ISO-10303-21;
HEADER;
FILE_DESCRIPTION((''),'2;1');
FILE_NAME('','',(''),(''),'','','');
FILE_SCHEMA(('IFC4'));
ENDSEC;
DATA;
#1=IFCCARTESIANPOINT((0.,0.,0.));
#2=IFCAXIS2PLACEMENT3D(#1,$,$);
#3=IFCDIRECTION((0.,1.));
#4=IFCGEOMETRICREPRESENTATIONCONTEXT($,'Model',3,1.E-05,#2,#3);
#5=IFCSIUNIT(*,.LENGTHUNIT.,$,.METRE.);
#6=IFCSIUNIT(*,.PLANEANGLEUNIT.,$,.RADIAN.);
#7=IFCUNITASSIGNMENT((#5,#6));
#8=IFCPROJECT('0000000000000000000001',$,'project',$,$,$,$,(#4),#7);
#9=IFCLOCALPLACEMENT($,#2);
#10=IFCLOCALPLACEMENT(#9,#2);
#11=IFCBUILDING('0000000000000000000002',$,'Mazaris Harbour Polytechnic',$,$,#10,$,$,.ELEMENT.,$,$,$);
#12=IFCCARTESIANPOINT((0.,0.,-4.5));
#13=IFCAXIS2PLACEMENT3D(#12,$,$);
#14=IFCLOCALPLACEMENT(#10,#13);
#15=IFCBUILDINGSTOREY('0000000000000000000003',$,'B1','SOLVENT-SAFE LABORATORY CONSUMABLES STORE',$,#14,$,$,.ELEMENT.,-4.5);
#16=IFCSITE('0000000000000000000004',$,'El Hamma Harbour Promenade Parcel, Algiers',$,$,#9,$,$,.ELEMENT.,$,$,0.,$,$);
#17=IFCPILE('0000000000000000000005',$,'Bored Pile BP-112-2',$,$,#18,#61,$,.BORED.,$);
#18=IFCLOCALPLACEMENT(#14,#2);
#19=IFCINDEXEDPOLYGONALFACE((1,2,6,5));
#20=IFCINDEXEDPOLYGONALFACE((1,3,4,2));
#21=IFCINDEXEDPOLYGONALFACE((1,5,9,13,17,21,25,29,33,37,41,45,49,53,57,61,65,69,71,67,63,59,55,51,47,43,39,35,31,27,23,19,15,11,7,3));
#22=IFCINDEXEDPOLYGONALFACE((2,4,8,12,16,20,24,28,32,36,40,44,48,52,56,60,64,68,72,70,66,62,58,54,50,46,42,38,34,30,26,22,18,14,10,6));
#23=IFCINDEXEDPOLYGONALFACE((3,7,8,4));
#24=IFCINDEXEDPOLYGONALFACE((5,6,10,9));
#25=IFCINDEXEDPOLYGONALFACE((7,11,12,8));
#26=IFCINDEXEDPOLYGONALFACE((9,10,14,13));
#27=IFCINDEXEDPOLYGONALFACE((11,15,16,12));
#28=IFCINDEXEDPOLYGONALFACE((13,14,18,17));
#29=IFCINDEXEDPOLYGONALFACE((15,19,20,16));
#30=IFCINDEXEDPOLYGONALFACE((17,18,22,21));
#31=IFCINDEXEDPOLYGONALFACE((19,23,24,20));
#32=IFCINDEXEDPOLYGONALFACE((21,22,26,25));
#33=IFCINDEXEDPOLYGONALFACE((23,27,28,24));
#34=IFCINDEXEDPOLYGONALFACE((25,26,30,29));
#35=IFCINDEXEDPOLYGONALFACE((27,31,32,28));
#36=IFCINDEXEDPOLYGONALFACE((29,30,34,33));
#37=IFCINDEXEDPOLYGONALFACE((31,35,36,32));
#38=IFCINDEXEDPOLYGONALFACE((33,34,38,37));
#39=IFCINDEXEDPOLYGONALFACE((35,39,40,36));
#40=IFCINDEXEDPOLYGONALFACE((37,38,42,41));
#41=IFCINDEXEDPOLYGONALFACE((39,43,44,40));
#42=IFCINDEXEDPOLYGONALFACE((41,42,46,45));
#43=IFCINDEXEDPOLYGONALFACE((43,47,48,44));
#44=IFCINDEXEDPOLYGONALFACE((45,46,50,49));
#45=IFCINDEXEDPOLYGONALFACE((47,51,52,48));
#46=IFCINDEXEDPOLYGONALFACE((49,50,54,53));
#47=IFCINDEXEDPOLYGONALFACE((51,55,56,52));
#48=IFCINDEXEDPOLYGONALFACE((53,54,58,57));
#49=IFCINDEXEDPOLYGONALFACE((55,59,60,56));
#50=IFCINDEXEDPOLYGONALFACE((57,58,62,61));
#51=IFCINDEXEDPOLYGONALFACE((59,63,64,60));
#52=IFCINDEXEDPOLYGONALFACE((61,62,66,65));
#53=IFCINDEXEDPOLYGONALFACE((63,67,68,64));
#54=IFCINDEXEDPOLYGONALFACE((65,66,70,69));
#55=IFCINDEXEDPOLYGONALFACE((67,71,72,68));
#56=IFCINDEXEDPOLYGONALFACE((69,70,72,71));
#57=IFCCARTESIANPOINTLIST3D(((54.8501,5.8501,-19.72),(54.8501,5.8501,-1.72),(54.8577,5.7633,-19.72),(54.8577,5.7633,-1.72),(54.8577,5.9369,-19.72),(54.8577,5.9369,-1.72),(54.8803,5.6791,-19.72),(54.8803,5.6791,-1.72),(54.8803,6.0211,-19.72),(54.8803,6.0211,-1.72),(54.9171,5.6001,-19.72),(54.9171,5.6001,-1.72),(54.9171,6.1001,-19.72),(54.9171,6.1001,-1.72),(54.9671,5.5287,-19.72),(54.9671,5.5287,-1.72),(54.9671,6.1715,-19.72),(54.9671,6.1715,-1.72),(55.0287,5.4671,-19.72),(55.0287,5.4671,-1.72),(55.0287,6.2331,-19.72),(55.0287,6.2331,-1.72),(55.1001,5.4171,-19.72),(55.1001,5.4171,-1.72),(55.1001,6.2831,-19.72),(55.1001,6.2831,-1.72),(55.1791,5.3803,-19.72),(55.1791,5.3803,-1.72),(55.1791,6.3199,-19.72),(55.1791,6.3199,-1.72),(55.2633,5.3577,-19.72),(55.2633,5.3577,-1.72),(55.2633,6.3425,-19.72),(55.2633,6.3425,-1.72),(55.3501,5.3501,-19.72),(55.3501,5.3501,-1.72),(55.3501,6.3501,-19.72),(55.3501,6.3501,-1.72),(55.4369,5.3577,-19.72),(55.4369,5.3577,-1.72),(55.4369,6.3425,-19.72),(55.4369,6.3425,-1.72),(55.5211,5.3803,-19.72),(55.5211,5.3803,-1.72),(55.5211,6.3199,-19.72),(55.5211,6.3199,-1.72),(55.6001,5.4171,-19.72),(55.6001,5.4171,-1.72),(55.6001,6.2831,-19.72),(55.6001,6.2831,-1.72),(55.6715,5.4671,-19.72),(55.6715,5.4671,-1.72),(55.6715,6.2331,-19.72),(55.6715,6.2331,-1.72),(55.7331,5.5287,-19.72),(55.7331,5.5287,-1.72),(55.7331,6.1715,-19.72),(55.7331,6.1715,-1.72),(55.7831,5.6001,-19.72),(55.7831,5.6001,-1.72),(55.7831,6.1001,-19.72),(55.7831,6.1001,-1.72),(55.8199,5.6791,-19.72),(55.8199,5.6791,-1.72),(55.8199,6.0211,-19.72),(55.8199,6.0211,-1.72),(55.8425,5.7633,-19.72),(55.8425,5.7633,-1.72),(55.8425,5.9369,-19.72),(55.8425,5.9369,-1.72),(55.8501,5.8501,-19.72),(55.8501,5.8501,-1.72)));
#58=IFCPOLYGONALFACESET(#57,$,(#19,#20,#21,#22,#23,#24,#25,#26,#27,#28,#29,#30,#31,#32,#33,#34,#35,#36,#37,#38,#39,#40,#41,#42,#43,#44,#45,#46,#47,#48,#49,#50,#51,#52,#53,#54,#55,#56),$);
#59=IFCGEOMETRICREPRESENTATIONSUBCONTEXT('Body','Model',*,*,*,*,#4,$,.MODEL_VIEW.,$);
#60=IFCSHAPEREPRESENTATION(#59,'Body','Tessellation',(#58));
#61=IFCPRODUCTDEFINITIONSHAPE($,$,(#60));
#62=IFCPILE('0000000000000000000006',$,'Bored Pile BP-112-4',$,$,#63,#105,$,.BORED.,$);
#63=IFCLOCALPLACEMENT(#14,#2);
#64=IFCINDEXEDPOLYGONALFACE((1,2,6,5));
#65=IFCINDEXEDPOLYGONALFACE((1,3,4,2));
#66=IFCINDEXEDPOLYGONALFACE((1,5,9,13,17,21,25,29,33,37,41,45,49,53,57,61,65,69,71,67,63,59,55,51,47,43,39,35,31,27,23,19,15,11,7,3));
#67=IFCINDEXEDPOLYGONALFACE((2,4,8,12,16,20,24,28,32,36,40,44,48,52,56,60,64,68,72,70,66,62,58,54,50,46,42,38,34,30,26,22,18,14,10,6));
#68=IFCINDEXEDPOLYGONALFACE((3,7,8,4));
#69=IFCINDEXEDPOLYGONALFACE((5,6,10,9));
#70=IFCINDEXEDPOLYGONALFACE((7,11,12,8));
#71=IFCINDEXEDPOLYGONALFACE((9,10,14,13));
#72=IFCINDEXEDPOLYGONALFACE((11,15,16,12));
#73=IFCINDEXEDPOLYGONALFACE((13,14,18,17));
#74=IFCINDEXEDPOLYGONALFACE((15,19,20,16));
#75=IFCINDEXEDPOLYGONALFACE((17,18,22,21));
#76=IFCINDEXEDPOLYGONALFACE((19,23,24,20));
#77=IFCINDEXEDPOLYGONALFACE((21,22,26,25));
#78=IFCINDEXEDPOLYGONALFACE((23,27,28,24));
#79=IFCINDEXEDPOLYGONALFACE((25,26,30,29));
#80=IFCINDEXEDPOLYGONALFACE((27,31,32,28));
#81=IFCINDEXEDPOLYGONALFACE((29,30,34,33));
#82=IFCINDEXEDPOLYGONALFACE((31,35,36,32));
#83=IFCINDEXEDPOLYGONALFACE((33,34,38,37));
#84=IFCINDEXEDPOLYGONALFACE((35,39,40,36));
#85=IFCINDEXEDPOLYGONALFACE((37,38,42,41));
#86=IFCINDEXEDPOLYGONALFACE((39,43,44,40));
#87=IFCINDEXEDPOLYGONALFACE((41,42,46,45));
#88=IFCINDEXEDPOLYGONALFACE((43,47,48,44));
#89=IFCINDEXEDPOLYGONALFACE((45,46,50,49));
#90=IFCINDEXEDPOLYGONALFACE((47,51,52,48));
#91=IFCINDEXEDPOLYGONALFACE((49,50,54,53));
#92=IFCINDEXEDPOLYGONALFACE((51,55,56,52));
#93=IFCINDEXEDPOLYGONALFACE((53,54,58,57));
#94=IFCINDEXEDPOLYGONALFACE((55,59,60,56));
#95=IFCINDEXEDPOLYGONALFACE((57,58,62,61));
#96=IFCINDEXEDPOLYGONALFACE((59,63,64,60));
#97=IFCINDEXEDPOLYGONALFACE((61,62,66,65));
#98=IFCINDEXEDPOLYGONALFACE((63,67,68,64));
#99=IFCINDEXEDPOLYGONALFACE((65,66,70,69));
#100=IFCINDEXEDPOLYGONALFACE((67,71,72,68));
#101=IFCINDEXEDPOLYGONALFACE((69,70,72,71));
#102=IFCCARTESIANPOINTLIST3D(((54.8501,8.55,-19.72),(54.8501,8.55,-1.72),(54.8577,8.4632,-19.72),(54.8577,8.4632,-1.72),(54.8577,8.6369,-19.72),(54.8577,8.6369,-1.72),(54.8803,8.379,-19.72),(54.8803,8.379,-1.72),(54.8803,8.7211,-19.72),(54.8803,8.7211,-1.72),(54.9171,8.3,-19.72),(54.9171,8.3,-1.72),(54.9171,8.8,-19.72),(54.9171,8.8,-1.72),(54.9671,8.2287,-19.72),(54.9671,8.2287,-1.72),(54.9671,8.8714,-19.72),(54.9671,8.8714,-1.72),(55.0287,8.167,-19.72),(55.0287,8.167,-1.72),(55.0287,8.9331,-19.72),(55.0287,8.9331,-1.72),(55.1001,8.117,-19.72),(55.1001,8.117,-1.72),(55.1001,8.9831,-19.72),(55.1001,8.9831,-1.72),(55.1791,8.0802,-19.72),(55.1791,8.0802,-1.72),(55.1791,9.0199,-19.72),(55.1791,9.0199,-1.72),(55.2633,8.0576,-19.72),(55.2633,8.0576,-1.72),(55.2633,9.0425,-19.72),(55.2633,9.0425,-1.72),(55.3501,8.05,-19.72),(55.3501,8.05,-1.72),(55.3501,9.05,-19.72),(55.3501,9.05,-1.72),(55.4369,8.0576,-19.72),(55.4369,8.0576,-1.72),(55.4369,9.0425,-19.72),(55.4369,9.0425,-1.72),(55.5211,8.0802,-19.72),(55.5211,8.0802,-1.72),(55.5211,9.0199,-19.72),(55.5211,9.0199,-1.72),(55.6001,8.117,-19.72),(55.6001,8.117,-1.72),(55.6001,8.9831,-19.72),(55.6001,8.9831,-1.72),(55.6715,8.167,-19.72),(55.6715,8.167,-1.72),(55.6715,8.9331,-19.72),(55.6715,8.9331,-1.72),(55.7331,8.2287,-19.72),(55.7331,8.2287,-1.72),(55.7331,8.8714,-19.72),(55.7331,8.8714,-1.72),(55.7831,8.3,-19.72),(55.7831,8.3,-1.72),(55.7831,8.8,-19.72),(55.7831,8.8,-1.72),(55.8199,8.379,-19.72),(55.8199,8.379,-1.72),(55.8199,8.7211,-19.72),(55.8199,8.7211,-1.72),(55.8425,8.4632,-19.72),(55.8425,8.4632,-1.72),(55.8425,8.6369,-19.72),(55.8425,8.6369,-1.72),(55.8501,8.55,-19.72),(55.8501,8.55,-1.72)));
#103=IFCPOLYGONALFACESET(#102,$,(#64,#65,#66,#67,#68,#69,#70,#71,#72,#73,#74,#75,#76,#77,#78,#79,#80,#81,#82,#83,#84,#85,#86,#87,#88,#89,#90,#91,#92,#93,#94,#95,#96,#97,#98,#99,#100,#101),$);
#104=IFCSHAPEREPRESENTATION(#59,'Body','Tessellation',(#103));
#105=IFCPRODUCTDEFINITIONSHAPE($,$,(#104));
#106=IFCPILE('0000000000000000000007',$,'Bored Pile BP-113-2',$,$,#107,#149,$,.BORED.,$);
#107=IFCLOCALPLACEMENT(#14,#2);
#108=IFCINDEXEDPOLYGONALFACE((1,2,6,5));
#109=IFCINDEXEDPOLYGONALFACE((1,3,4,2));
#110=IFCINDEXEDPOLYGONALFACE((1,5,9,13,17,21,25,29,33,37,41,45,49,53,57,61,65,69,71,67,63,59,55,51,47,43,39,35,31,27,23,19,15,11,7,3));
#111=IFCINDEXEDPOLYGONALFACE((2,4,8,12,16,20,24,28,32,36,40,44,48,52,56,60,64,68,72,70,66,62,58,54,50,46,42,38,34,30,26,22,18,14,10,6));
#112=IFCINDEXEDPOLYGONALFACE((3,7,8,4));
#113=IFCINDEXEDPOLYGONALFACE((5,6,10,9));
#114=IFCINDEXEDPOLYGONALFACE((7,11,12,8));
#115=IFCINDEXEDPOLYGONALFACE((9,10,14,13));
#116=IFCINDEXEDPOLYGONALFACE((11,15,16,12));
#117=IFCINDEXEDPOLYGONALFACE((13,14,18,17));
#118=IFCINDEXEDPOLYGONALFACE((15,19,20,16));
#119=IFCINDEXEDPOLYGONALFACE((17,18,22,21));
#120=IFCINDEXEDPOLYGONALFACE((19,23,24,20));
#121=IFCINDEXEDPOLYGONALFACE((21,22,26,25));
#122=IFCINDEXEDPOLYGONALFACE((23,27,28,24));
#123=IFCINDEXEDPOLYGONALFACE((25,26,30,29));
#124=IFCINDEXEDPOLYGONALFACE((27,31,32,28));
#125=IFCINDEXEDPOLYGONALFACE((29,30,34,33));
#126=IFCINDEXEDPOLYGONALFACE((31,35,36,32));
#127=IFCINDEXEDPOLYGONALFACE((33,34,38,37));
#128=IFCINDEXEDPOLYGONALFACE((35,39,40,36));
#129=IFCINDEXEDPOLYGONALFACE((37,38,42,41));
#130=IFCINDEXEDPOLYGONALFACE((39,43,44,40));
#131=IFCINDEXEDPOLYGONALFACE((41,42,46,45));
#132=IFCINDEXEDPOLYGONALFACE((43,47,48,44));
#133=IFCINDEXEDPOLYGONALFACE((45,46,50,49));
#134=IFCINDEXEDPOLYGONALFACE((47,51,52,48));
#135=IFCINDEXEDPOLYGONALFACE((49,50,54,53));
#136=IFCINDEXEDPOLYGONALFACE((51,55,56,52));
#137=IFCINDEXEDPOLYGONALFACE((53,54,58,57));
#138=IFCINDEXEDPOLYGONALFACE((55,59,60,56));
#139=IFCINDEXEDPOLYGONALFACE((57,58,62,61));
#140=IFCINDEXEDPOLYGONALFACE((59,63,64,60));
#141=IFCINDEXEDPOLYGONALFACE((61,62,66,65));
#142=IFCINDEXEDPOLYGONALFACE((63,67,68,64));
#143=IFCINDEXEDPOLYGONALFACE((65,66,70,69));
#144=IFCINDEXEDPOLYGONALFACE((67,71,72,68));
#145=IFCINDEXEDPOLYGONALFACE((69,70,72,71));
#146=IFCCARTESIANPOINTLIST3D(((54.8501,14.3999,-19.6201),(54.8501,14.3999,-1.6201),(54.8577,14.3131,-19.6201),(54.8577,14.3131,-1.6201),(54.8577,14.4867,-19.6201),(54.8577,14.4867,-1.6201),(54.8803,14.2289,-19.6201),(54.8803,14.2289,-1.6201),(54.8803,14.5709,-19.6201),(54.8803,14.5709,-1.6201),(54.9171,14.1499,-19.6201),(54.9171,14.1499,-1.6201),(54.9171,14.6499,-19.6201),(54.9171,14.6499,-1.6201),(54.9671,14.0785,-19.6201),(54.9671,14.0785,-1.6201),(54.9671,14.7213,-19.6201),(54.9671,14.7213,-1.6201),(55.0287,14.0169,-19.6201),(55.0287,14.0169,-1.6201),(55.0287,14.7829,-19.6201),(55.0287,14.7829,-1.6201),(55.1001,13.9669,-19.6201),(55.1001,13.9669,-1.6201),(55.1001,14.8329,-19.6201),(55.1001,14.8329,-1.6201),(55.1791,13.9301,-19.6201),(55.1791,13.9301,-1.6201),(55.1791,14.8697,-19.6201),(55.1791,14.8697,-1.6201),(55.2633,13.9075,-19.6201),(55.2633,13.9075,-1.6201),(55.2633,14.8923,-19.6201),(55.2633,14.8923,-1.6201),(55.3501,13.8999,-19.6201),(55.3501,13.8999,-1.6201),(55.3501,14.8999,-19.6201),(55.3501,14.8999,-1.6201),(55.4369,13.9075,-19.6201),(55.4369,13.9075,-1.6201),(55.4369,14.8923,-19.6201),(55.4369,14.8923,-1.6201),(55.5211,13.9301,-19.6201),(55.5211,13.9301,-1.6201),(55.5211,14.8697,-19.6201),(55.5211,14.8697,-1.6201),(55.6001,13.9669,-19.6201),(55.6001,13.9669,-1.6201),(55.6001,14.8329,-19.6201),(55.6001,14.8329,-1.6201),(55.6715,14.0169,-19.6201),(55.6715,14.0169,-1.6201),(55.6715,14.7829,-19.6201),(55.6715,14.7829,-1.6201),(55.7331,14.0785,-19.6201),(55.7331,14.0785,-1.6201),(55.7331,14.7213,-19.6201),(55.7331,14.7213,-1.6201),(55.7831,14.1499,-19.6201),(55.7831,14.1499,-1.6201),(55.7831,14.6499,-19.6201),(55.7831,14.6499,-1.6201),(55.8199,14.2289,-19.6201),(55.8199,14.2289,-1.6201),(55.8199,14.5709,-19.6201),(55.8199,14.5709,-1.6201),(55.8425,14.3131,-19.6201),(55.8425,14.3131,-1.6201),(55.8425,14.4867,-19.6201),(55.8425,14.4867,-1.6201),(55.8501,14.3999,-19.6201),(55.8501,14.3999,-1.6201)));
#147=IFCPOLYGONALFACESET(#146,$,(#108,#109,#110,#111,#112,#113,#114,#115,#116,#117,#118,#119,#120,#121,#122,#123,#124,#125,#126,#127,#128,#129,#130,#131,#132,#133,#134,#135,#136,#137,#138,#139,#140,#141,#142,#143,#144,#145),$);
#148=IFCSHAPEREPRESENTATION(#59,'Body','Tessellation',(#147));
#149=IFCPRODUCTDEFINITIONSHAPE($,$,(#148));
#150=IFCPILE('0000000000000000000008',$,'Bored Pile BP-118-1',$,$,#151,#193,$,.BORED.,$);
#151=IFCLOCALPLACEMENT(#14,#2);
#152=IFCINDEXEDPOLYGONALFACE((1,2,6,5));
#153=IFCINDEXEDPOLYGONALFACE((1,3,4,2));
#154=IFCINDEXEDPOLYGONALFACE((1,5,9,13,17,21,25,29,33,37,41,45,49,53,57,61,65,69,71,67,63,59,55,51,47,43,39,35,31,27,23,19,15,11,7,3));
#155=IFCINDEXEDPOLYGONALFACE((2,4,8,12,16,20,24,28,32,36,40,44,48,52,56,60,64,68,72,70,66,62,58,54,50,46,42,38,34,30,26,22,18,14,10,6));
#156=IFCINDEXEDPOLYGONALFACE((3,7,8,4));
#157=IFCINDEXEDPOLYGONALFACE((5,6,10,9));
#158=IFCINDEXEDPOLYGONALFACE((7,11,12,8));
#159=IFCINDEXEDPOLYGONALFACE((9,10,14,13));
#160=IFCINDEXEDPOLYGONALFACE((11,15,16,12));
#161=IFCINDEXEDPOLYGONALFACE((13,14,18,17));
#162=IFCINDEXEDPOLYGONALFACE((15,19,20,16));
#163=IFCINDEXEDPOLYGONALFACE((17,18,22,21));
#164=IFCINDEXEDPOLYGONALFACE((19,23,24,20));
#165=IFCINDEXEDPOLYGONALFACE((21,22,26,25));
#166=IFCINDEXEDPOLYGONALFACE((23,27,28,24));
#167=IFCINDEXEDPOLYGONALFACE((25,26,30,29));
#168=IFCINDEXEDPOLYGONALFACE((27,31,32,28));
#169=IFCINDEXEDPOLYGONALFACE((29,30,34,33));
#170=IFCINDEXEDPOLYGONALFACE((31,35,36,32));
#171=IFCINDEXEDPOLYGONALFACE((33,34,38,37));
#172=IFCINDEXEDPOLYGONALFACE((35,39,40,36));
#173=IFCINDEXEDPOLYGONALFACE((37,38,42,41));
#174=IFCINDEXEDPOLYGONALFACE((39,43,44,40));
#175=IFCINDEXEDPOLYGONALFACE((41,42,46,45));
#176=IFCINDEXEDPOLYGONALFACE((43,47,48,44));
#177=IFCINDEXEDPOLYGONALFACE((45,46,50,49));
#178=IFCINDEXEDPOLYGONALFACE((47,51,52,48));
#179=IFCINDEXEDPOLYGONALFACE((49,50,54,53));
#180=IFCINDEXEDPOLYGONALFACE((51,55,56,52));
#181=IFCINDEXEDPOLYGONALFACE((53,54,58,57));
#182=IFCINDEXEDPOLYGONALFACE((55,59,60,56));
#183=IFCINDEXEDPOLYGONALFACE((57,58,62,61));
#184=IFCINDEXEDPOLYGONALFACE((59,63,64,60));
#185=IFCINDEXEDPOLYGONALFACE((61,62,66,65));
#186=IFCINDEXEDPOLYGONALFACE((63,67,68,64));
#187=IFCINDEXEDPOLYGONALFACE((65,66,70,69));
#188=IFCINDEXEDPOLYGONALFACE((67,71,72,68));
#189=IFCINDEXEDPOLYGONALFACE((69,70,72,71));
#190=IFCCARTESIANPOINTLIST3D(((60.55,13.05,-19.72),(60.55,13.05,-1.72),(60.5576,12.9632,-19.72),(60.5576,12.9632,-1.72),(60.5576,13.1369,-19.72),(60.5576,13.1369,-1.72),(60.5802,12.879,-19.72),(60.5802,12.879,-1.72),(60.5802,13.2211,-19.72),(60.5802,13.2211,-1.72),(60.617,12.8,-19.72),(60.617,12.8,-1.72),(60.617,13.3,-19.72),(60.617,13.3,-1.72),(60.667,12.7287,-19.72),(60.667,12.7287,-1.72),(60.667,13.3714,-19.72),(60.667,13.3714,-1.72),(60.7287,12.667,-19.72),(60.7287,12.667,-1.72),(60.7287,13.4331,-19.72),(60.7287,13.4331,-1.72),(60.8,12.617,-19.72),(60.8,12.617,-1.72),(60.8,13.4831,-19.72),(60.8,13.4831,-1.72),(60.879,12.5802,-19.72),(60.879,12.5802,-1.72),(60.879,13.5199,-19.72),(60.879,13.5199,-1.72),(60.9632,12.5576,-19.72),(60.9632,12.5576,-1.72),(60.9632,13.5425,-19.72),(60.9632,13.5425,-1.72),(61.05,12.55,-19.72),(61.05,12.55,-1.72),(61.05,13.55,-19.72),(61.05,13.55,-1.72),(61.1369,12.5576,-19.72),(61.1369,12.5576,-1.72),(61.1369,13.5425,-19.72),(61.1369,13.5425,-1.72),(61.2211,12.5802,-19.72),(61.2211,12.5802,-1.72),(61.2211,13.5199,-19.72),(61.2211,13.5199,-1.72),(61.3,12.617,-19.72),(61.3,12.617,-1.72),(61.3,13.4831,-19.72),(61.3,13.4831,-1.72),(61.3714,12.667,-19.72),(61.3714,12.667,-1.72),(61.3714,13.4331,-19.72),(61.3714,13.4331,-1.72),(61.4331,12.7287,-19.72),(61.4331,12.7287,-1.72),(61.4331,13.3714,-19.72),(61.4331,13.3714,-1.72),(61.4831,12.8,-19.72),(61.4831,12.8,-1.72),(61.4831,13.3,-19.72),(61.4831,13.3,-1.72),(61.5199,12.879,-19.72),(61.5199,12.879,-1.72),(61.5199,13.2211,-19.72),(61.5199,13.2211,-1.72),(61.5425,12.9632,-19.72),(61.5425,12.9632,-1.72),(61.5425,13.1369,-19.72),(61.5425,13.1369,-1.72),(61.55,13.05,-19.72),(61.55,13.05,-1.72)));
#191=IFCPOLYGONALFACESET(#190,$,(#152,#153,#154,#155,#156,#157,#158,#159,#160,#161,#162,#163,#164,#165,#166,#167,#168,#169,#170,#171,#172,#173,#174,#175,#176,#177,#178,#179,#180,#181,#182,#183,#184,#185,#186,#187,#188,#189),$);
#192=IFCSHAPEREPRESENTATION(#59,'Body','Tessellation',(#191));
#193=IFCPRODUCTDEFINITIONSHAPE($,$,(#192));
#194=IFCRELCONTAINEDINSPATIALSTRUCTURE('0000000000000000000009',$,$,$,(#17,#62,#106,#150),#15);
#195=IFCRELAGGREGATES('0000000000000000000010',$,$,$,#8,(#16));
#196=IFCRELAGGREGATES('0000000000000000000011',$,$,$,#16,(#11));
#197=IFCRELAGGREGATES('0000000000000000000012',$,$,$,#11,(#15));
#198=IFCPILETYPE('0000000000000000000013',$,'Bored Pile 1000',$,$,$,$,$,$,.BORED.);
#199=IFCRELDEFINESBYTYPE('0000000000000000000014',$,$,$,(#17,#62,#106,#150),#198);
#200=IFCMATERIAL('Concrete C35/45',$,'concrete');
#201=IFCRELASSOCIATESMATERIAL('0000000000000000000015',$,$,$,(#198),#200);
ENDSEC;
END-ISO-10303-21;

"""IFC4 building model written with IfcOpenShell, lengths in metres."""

from ifc_helpers import new_model, si_unit, direction, frame, origin, origin_2d, place, context, subcontext, project, spatial, circle, extrude, material, material_profile, profile_set, type_object, element, save


model = new_model("IFC4")

# Units and contexts
model_context = context("Model", 3, precision=1e-05, world=origin(), true_north=direction((0.0, 1.0)))
body_context = subcontext(model_context, "Body", "Model", "MODEL_VIEW")
ifc_project = project(units=[si_unit("LENGTHUNIT", "METRE"), si_unit("PLANEANGLEUNIT", "RADIAN")], contexts=[model_context])

# Site, building, storey
site_placement = place(None, origin())
site = spatial("IfcSite", under=ifc_project, at=site_placement, Name="El Hamma Harbour Promenade Parcel, Algiers", CompositionType="ELEMENT", RefElevation=0.0)
building_placement = place(site_placement, origin())
building = spatial("IfcBuilding", under=site, at=building_placement, Name="Mazaris Harbour Polytechnic", CompositionType="ELEMENT")
storey_placement = place(building_placement, frame((0.0, 0.0, -4.5)))
storey = spatial("IfcBuildingStorey", under=building, at=storey_placement, Name="B1", Description="SOLVENT-SAFE LABORATORY CONSUMABLES STORE", CompositionType="ELEMENT", Elevation=-4.5)

# Piles
ifc_material_1 = material(Name="Concrete C35/45", Category="concrete")
ifc_material_profile_1 = material_profile(ifc_material_1, circle(Radius=0.5, at=origin_2d()), Name="DIA1000")
ifc_profile_set_1 = profile_set([ifc_material_profile_1], Name="Concrete C35/45")
pile_type_1 = type_object("IfcPileType", Name="Bored Pile 1000", PredefinedType="BORED", material=ifc_profile_set_1)
for number, where, z_axis, x_axis, name in (
    (1, (55.3501, 5.8501, -1.72), (0.0, 0.0, -1.0), (1.0, 0.0, 0.0), "Bored Pile BP-112-2"),
    (2, (55.3501, 8.55, -1.72), (0.0, 0.0, -1.0), (1.0, 0.0, 0.0), "Bored Pile BP-112-4"),
    (3, (55.3501, 14.3999, -1.6201), (0.0, 0.0, -1.0), (1.0, 0.0, 0.0), "Bored Pile BP-113-2"),
    (4, (61.05, 13.05, -1.72), (0.0, 0.0, -1.0), (1.0, 0.0, 0.0), "Bored Pile BP-118-1"),
):
    element("IfcPile", number, at=place(storey_placement, frame(where, z_axis=z_axis, x_axis=x_axis)), inside=storey, type_object=pile_type_1, Name=name, PredefinedType="BORED", context=body_context, shape_type="SweptSolid", body=[
        extrude(circle(Radius=0.5, at=origin_2d()), origin(), (0.0, 0.0, 1.0), 18.0),
    ])

save(model, "model.ifc")
